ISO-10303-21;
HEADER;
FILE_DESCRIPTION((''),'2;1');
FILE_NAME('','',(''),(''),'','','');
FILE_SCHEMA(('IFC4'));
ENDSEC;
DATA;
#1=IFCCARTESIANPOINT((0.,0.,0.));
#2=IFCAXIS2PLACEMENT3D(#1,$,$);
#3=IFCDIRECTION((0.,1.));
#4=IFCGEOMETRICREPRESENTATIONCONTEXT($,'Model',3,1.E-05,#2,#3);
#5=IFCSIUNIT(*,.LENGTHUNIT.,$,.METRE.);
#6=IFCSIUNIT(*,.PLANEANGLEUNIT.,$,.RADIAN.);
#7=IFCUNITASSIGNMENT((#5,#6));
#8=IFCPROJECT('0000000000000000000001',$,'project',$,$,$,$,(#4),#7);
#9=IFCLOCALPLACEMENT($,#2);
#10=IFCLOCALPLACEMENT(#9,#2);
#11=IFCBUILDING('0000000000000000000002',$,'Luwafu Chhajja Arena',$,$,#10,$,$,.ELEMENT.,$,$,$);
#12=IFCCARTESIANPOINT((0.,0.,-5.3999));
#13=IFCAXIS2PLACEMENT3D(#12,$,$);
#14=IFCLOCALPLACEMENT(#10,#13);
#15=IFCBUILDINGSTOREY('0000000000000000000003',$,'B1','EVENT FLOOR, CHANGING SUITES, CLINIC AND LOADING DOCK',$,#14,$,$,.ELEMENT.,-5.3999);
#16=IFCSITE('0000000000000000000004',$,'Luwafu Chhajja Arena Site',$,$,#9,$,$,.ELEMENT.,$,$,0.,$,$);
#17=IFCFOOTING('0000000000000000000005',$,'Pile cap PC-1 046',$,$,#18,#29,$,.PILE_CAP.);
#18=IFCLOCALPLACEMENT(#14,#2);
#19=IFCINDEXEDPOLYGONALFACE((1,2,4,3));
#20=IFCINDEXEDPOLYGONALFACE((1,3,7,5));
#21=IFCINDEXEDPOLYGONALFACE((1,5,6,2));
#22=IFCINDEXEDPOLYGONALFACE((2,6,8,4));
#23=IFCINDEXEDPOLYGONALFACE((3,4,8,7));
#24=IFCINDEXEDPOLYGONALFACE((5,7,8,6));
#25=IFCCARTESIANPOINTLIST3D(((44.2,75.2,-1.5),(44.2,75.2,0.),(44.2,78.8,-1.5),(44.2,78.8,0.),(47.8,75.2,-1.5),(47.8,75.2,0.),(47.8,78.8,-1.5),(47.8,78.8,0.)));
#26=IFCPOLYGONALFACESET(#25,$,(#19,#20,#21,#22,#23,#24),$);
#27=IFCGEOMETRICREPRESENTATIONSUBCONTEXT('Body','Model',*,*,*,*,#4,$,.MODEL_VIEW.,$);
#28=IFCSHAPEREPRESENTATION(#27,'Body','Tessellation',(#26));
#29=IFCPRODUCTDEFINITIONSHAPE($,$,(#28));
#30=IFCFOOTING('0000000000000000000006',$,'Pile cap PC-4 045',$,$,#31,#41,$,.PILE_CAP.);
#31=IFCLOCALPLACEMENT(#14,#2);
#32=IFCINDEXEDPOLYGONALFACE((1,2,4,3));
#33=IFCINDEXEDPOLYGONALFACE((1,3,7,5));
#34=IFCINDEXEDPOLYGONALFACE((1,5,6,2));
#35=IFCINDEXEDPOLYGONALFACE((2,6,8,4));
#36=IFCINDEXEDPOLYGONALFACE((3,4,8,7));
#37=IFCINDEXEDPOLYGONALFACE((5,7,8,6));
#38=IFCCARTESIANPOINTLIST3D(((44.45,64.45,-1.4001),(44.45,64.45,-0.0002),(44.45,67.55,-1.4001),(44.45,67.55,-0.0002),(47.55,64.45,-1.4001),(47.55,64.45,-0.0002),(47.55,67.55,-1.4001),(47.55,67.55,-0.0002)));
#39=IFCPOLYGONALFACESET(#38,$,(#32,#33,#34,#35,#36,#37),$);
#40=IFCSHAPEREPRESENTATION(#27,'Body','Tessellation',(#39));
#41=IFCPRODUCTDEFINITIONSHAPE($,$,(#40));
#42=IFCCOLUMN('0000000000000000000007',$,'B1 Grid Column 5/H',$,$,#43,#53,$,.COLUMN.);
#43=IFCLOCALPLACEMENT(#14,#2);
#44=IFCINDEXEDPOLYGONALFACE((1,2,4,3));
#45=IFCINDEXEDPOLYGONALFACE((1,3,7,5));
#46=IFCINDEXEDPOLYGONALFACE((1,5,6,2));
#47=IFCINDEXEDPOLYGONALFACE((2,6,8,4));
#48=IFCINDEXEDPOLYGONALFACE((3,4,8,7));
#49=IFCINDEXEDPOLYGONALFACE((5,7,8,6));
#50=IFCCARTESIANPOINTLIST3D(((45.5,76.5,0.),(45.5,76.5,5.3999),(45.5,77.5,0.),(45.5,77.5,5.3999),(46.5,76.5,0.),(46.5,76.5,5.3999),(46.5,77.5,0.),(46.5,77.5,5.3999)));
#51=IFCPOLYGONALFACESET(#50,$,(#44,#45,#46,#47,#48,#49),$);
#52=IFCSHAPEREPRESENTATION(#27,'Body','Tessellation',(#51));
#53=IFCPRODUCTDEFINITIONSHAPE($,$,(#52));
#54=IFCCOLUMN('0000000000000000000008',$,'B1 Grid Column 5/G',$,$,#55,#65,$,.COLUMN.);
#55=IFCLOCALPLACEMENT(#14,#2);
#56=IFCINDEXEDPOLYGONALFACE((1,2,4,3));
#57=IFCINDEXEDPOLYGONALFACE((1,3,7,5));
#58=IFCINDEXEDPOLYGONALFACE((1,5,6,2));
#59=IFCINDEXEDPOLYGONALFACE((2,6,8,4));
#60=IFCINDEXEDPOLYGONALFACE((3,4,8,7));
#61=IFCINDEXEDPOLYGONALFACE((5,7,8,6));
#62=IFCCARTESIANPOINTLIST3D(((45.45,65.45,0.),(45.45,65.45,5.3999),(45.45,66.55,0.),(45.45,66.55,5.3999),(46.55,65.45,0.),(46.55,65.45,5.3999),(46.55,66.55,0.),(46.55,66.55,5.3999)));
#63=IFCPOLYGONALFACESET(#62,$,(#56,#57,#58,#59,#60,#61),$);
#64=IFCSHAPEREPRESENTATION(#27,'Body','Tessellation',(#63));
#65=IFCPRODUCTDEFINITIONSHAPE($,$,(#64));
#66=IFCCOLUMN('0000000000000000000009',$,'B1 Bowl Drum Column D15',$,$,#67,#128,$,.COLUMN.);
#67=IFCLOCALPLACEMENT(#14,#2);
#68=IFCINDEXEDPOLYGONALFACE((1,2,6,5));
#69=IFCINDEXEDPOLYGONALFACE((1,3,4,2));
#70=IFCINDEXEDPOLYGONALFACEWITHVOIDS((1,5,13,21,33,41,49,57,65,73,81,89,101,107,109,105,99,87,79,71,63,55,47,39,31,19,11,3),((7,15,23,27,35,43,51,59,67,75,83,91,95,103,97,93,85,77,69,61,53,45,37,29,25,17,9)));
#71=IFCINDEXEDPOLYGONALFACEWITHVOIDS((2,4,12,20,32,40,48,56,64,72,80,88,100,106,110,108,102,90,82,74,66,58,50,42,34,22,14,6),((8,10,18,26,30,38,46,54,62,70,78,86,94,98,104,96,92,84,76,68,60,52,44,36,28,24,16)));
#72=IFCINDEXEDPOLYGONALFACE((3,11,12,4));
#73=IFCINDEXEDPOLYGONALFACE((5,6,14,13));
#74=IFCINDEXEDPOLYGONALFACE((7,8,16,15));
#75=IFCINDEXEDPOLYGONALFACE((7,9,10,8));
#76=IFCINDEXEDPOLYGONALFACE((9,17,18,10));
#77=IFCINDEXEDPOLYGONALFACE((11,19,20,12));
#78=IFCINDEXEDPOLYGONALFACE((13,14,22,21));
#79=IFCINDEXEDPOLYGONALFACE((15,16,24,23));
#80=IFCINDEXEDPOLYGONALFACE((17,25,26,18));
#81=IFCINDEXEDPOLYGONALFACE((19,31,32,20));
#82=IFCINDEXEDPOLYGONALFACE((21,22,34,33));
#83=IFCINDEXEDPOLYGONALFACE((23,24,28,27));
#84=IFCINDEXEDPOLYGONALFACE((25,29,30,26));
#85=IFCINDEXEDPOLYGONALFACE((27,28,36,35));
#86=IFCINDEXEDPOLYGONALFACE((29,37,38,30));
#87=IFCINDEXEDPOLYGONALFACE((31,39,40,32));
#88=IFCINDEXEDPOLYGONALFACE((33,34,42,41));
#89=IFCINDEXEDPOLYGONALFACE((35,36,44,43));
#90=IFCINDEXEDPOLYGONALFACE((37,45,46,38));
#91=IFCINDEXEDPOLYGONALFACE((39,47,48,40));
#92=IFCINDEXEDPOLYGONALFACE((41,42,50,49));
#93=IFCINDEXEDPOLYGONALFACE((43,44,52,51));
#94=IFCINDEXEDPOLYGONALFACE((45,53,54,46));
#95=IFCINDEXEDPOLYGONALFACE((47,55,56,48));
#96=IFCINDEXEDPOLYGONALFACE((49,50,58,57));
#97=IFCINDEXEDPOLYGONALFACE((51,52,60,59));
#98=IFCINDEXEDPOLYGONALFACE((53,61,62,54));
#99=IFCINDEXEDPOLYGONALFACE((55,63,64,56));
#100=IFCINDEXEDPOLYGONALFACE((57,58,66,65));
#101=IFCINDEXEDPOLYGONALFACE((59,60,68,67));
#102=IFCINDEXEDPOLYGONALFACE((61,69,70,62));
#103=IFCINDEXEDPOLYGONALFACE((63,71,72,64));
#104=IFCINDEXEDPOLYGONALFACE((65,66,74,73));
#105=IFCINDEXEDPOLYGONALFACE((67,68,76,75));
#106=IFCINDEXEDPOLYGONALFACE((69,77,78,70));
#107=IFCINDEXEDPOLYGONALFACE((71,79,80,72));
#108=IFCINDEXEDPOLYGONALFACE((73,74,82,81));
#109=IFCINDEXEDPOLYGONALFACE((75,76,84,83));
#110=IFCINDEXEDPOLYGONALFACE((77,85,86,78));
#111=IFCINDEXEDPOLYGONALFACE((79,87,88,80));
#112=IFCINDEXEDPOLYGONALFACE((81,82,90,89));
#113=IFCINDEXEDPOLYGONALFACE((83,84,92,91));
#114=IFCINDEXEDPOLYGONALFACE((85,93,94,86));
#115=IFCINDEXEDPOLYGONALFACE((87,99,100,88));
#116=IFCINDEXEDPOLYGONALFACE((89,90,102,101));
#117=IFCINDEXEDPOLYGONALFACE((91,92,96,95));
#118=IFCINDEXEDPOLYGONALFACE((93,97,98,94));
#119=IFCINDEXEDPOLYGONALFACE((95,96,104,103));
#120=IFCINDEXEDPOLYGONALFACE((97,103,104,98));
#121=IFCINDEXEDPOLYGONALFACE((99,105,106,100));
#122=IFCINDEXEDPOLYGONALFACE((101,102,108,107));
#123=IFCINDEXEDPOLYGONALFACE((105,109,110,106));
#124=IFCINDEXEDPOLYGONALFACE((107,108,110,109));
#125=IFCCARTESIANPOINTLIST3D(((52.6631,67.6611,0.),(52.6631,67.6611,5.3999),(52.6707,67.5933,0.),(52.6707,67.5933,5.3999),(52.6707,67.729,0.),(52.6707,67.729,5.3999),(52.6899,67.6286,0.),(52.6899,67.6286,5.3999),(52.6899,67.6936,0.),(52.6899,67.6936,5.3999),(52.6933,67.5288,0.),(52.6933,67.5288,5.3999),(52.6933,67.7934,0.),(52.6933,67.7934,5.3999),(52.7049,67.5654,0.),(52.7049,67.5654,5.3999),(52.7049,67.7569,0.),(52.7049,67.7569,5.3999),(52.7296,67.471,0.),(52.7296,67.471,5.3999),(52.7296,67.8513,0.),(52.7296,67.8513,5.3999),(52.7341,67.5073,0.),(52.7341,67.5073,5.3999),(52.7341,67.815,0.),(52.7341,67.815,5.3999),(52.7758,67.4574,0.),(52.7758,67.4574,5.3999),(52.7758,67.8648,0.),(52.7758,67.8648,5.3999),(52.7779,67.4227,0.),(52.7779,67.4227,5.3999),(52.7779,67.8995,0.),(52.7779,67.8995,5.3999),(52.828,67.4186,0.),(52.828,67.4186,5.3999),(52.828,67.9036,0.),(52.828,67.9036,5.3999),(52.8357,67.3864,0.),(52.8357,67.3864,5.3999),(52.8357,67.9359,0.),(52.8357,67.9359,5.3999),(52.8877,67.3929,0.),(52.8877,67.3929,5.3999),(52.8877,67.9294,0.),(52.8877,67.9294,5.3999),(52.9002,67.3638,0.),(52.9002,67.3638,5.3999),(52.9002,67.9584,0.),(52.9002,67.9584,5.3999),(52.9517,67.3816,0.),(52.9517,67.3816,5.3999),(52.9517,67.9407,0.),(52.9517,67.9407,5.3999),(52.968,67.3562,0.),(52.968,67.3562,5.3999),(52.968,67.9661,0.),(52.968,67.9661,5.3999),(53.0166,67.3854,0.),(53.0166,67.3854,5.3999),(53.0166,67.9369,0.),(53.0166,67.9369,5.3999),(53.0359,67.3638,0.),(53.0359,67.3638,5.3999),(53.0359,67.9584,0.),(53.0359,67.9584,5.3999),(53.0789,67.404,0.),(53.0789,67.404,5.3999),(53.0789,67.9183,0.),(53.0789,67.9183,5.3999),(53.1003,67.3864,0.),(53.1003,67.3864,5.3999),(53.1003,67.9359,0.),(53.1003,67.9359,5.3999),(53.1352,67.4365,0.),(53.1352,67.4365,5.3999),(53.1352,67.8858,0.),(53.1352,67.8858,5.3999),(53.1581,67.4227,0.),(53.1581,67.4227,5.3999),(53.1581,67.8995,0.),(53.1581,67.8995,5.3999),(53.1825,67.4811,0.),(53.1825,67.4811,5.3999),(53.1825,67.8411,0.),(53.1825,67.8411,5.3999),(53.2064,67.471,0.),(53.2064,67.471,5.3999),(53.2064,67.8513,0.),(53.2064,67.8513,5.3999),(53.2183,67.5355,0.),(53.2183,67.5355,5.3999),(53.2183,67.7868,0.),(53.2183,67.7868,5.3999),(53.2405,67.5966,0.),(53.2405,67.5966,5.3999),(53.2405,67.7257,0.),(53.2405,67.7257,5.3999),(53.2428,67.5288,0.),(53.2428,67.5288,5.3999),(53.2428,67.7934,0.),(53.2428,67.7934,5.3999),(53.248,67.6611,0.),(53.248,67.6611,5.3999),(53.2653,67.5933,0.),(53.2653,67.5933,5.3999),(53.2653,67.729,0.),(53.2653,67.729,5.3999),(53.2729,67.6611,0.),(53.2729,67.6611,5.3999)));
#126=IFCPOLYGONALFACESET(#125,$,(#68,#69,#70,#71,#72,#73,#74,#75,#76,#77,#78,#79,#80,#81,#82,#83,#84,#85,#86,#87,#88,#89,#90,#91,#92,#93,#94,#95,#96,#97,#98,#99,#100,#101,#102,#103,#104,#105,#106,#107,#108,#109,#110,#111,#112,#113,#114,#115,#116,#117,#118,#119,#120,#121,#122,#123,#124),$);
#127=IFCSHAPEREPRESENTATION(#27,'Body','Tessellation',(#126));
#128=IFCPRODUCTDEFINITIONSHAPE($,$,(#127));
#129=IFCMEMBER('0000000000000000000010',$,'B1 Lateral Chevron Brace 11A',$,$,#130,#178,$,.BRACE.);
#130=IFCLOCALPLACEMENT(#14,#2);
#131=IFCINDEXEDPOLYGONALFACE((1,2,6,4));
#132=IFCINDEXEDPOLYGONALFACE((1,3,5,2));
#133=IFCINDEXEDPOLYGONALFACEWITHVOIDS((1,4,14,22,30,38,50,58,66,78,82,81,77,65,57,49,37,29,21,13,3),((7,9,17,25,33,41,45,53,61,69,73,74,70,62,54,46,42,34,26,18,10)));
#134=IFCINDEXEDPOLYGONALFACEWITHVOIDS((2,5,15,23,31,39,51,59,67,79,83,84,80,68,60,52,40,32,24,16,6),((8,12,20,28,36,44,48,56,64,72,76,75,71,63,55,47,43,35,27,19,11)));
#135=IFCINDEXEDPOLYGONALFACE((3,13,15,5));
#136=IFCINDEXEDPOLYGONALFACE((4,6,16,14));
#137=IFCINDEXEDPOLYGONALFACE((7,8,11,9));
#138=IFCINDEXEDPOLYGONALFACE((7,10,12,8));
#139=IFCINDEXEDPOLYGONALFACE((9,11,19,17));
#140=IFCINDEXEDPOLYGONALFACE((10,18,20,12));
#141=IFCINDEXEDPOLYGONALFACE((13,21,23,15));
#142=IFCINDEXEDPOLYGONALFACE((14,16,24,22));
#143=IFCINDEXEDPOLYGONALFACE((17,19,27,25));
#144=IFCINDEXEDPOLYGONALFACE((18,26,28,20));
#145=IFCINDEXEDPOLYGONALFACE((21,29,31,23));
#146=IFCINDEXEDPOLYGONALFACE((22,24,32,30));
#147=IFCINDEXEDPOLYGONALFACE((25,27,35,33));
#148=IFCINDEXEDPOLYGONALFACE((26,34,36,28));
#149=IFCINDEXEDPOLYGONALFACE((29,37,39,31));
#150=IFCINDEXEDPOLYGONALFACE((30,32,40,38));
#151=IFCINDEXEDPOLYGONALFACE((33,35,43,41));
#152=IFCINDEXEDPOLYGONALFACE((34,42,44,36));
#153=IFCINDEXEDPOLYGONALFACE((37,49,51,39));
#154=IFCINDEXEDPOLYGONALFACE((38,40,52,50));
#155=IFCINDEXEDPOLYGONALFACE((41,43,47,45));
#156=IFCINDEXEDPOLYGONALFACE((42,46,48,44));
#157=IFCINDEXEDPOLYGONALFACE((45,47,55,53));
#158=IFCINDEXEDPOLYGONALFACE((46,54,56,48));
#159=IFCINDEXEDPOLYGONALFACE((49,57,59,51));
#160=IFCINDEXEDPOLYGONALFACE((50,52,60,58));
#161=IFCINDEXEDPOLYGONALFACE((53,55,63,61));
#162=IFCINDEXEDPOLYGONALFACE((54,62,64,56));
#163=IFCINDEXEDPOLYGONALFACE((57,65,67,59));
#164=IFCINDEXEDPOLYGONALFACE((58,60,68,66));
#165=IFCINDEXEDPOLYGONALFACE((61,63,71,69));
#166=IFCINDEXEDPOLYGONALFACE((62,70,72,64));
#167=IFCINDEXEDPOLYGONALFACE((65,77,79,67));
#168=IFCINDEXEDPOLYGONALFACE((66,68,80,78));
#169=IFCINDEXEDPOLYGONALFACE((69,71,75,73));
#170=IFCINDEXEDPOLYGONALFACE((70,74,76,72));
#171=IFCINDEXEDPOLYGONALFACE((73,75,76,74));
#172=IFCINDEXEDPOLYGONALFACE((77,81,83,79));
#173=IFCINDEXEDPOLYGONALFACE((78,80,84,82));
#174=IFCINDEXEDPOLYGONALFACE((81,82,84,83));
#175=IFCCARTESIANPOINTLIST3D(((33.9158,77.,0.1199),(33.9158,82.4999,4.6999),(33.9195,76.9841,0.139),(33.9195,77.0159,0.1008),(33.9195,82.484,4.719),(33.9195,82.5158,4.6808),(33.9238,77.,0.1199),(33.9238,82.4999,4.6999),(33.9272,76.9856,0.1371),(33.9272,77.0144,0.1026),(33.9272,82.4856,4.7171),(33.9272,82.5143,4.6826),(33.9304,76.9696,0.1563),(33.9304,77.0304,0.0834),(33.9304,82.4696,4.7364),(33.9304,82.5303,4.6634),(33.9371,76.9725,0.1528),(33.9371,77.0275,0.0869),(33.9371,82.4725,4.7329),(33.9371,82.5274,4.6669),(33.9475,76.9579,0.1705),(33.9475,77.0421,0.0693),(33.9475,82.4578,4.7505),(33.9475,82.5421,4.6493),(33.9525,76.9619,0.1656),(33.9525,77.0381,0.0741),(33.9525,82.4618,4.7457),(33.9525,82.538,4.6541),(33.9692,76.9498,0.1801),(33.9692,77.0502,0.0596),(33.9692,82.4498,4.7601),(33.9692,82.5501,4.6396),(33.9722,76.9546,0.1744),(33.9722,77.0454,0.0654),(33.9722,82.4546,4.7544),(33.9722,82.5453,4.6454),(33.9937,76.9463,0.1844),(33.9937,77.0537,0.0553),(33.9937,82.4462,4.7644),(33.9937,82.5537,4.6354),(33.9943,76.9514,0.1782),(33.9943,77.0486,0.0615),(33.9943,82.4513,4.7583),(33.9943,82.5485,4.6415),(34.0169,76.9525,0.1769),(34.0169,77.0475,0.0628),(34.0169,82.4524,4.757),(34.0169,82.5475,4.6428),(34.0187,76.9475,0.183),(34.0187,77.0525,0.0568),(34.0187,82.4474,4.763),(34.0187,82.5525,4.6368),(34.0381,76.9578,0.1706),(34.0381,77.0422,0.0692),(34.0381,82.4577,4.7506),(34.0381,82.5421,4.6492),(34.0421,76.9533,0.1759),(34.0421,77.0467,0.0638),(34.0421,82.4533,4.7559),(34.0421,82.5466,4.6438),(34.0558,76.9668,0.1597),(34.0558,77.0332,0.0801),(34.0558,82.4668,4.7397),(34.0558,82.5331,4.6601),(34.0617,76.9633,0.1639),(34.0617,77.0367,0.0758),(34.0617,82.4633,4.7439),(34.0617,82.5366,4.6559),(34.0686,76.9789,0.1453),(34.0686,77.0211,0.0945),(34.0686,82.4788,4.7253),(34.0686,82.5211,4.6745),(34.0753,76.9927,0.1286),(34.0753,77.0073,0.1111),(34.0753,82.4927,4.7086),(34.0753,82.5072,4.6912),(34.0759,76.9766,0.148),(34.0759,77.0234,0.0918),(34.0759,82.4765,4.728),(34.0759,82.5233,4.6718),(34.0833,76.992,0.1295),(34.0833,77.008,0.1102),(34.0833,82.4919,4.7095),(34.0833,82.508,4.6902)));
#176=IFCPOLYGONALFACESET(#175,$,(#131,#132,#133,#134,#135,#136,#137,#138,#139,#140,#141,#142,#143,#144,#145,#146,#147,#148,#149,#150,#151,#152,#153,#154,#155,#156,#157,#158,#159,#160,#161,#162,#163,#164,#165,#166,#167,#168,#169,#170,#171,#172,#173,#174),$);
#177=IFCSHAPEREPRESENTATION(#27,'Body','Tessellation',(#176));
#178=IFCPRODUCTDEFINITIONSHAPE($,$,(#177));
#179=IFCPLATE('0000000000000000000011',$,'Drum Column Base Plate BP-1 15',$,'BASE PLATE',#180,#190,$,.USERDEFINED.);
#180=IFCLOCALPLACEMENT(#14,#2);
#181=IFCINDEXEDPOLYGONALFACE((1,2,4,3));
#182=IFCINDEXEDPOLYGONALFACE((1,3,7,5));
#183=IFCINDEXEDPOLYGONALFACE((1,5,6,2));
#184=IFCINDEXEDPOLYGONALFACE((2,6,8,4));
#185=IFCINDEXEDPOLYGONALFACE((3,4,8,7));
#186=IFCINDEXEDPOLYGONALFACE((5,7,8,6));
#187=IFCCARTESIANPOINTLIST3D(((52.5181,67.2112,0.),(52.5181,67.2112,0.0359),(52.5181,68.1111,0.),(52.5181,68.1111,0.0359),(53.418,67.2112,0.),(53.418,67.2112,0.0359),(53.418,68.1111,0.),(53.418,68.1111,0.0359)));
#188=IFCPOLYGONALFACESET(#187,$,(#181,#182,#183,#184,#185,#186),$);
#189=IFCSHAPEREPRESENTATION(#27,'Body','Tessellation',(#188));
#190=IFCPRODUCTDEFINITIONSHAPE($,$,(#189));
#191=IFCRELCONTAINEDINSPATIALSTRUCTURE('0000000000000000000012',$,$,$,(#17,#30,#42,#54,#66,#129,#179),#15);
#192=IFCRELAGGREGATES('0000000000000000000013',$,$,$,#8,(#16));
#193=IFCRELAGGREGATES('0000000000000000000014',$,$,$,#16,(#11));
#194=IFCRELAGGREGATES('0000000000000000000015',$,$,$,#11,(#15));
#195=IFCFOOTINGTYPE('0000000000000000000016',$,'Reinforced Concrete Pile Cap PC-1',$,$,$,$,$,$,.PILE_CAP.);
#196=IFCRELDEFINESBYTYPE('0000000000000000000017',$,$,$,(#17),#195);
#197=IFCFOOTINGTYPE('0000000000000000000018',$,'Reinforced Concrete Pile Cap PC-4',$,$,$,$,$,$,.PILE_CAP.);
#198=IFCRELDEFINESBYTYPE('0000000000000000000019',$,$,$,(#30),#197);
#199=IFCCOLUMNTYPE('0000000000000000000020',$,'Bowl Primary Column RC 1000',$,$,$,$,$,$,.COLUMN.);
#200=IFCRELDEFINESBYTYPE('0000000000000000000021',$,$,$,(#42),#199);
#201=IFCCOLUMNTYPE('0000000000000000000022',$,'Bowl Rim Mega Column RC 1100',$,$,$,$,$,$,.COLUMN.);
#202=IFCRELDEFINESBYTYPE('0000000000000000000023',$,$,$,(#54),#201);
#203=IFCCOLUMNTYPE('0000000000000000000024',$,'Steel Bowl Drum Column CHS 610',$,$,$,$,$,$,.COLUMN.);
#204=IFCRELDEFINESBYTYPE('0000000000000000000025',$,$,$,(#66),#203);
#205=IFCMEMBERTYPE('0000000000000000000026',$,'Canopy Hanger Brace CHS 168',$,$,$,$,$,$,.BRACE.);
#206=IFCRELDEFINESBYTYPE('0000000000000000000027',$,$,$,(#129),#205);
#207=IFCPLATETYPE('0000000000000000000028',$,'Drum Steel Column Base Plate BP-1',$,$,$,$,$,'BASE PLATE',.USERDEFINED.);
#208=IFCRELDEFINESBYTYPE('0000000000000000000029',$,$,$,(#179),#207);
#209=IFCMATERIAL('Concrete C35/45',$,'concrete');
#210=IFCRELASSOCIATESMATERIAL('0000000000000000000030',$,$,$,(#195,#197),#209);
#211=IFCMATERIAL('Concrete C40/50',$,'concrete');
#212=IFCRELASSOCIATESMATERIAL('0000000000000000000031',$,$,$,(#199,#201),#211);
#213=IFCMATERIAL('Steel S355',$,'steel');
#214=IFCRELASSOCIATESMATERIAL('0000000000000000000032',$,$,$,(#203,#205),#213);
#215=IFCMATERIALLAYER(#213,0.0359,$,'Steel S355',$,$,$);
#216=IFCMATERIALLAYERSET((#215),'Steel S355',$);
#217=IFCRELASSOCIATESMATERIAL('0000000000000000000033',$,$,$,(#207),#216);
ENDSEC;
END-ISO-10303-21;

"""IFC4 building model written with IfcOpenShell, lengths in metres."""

from ifc_helpers import new_model, si_unit, direction, frame, origin, origin_2d, place, context, subcontext, project, spatial, rectangle, hollow_circle, extrude, material, layer, layer_set, material_profile, profile_set, type_object, element, save


model = new_model("IFC4")

# Units and contexts
model_context = context("Model", 3, precision=1e-05, world=origin(), true_north=direction((0.0, 1.0)))
body_context = subcontext(model_context, "Body", "Model", "MODEL_VIEW")
ifc_project = project(units=[si_unit("LENGTHUNIT", "METRE"), si_unit("PLANEANGLEUNIT", "RADIAN")], contexts=[model_context])

# Site, building, storey
site_placement = place(None, origin())
site = spatial("IfcSite", under=ifc_project, at=site_placement, Name="Luwafu Chhajja Arena Site", CompositionType="ELEMENT", RefElevation=0.0)
building_placement = place(site_placement, origin())
building = spatial("IfcBuilding", under=site, at=building_placement, Name="Luwafu Chhajja Arena", CompositionType="ELEMENT")
storey_placement = place(building_placement, frame((0.0, 0.0, -5.3999)))
storey = spatial("IfcBuildingStorey", under=building, at=storey_placement, Name="B1", Description="EVENT FLOOR, CHANGING SUITES, CLINIC AND LOADING DOCK", CompositionType="ELEMENT", Elevation=-5.3999)

# Shared definitions
ifc_material_1 = material(Name="Concrete C35/45", Category="concrete")

# Footings
footing_type_1 = type_object("IfcFootingType", Name="Reinforced Concrete Pile Cap PC-1", PredefinedType="PILE_CAP", material=ifc_material_1)
footing_1_placement = place(storey_placement, frame((46.0, 77.0, -1.5), z_axis=(0.0, 0.0, 1.0), x_axis=(1.0, 0.0, 0.0)))
element("IfcFooting", 1, at=footing_1_placement, inside=storey, type_object=footing_type_1, Name="Pile cap PC-1 046", PredefinedType="PILE_CAP", context=body_context, shape_type="SweptSolid", body=[
    extrude(rectangle(XDim=3.6001, YDim=3.6001, at=origin_2d()), origin(), (0.0, 0.0, 1.0), 1.5),
])
footing_type_2 = type_object("IfcFootingType", Name="Reinforced Concrete Pile Cap PC-4", PredefinedType="PILE_CAP", material=ifc_material_1)
footing_2_placement = place(storey_placement, frame((46.0, 66.0, -1.4001), z_axis=(0.0, 0.0, 1.0), x_axis=(1.0, 0.0, 0.0)))
element("IfcFooting", 2, at=footing_2_placement, inside=storey, type_object=footing_type_2, Name="Pile cap PC-4 045", PredefinedType="PILE_CAP", context=body_context, shape_type="SweptSolid", body=[
    extrude(rectangle(XDim=3.1001, YDim=3.1001, at=origin_2d()), origin(), (0.0, 0.0, 1.0), 1.3999),
])

# Columns
ifc_material_2 = material(Name="Concrete C40/50", Category="concrete")
ifc_material_profile_1 = material_profile(ifc_material_2, rectangle(XDim=1.0, YDim=1.0, at=origin_2d()), Name="RC 1000x1000")
ifc_profile_set_1 = profile_set([ifc_material_profile_1], Name="Concrete C40/50")
column_type_1 = type_object("IfcColumnType", Name="Bowl Primary Column RC 1000", PredefinedType="COLUMN", material=ifc_profile_set_1)
column_1_placement = place(storey_placement, frame((46.0, 77.0, 0.0), z_axis=(0.0, 0.0, 1.0), x_axis=(1.0, 0.0, 0.0)))
element("IfcColumn", 3, at=column_1_placement, inside=storey, type_object=column_type_1, Name="B1 Grid Column 5/H", PredefinedType="COLUMN", context=body_context, shape_type="SweptSolid", body=[
    extrude(rectangle(XDim=1.0, YDim=1.0, at=origin_2d()), origin(), (0.0, 0.0, 1.0), 5.3999),
])
ifc_material_profile_2 = material_profile(ifc_material_2, rectangle(XDim=1.1001, YDim=1.1001, at=origin_2d()), Name="RC 1100x1100")
ifc_profile_set_2 = profile_set([ifc_material_profile_2], Name="Concrete C40/50")
column_type_2 = type_object("IfcColumnType", Name="Bowl Rim Mega Column RC 1100", PredefinedType="COLUMN", material=ifc_profile_set_2)
column_2_placement = place(storey_placement, frame((46.0, 66.0, 0.0), z_axis=(0.0, 0.0, 1.0), x_axis=(1.0, 0.0, 0.0)))
element("IfcColumn", 4, at=column_2_placement, inside=storey, type_object=column_type_2, Name="B1 Grid Column 5/G", PredefinedType="COLUMN", context=body_context, shape_type="SweptSolid", body=[
    extrude(rectangle(XDim=1.1001, YDim=1.1001, at=origin_2d()), origin(), (0.0, 0.0, 1.0), 5.3999),
])
ifc_material_3 = material(Name="Steel S355", Category="steel")
ifc_material_profile_3 = material_profile(ifc_material_3, hollow_circle(Radius=0.3049, WallThickness=0.0249, at=origin_2d()), Name="CHS 610x25")
ifc_profile_set_3 = profile_set([ifc_material_profile_3], Name="Steel S355")
column_type_3 = type_object("IfcColumnType", Name="Steel Bowl Drum Column CHS 610", PredefinedType="COLUMN", material=ifc_profile_set_3)
column_3_placement = place(storey_placement, frame((52.968, 67.6611, 0.0), z_axis=(0.0, 0.0, 1.0), x_axis=(1.0, 0.0, 0.0)))
element("IfcColumn", 5, at=column_3_placement, inside=storey, type_object=column_type_3, Name="B1 Bowl Drum Column D15", PredefinedType="COLUMN", context=body_context, shape_type="SweptSolid", body=[
    extrude(hollow_circle(Radius=0.3049, WallThickness=0.0249, at=origin_2d()), origin(), (0.0, 0.0, 1.0), 5.3999),
])

# Member
ifc_material_profile_4 = material_profile(ifc_material_3, hollow_circle(Radius=0.0842, WallThickness=0.0081, at=origin_2d()), Name="CHS 168.3x8")
ifc_profile_set_4 = profile_set([ifc_material_profile_4], Name="Steel S355")
member_type = type_object("IfcMemberType", Name="Canopy Hanger Brace CHS 168", PredefinedType="BRACE", material=ifc_profile_set_4)
member_placement = place(storey_placement, frame((34.0, 77.0, 0.1199), z_axis=(0.0, 0.768445, 0.639916), x_axis=(-1.0, 0.0, 0.0)))
element("IfcMember", 6, at=member_placement, inside=storey, type_object=member_type, Name="B1 Lateral Chevron Brace 11A", PredefinedType="BRACE", context=body_context, shape_type="SweptSolid", body=[
    extrude(hollow_circle(Radius=0.0842, WallThickness=0.0081, at=origin_2d()), origin(), (0.0, 0.0, 1.0), 7.1572),
])

# Plate
ifc_layer_1 = layer(ifc_material_3, 0.0359, Name="Steel S355")
ifc_layer_set_1 = layer_set([ifc_layer_1], Name="Steel S355")
plate_type_1 = type_object("IfcPlateType", Name="Drum Steel Column Base Plate BP-1", ElementType="BASE PLATE", PredefinedType="USERDEFINED", material=ifc_layer_set_1)
plate_1_placement = place(storey_placement, frame((52.968, 67.6611, 0.0), z_axis=(0.0, 0.0, 1.0), x_axis=(1.0, 0.0, 0.0)))
element("IfcPlate", 7, at=plate_1_placement, inside=storey, type_object=plate_type_1, Name="Drum Column Base Plate BP-1 15", ObjectType="BASE PLATE", PredefinedType="USERDEFINED", context=body_context, shape_type="SweptSolid", body=[
    extrude(rectangle(XDim=0.8999, YDim=0.8999, at=origin_2d()), origin(), (0.0, 0.0, 1.0), 0.0359),
])

save(model, "model.ifc")
